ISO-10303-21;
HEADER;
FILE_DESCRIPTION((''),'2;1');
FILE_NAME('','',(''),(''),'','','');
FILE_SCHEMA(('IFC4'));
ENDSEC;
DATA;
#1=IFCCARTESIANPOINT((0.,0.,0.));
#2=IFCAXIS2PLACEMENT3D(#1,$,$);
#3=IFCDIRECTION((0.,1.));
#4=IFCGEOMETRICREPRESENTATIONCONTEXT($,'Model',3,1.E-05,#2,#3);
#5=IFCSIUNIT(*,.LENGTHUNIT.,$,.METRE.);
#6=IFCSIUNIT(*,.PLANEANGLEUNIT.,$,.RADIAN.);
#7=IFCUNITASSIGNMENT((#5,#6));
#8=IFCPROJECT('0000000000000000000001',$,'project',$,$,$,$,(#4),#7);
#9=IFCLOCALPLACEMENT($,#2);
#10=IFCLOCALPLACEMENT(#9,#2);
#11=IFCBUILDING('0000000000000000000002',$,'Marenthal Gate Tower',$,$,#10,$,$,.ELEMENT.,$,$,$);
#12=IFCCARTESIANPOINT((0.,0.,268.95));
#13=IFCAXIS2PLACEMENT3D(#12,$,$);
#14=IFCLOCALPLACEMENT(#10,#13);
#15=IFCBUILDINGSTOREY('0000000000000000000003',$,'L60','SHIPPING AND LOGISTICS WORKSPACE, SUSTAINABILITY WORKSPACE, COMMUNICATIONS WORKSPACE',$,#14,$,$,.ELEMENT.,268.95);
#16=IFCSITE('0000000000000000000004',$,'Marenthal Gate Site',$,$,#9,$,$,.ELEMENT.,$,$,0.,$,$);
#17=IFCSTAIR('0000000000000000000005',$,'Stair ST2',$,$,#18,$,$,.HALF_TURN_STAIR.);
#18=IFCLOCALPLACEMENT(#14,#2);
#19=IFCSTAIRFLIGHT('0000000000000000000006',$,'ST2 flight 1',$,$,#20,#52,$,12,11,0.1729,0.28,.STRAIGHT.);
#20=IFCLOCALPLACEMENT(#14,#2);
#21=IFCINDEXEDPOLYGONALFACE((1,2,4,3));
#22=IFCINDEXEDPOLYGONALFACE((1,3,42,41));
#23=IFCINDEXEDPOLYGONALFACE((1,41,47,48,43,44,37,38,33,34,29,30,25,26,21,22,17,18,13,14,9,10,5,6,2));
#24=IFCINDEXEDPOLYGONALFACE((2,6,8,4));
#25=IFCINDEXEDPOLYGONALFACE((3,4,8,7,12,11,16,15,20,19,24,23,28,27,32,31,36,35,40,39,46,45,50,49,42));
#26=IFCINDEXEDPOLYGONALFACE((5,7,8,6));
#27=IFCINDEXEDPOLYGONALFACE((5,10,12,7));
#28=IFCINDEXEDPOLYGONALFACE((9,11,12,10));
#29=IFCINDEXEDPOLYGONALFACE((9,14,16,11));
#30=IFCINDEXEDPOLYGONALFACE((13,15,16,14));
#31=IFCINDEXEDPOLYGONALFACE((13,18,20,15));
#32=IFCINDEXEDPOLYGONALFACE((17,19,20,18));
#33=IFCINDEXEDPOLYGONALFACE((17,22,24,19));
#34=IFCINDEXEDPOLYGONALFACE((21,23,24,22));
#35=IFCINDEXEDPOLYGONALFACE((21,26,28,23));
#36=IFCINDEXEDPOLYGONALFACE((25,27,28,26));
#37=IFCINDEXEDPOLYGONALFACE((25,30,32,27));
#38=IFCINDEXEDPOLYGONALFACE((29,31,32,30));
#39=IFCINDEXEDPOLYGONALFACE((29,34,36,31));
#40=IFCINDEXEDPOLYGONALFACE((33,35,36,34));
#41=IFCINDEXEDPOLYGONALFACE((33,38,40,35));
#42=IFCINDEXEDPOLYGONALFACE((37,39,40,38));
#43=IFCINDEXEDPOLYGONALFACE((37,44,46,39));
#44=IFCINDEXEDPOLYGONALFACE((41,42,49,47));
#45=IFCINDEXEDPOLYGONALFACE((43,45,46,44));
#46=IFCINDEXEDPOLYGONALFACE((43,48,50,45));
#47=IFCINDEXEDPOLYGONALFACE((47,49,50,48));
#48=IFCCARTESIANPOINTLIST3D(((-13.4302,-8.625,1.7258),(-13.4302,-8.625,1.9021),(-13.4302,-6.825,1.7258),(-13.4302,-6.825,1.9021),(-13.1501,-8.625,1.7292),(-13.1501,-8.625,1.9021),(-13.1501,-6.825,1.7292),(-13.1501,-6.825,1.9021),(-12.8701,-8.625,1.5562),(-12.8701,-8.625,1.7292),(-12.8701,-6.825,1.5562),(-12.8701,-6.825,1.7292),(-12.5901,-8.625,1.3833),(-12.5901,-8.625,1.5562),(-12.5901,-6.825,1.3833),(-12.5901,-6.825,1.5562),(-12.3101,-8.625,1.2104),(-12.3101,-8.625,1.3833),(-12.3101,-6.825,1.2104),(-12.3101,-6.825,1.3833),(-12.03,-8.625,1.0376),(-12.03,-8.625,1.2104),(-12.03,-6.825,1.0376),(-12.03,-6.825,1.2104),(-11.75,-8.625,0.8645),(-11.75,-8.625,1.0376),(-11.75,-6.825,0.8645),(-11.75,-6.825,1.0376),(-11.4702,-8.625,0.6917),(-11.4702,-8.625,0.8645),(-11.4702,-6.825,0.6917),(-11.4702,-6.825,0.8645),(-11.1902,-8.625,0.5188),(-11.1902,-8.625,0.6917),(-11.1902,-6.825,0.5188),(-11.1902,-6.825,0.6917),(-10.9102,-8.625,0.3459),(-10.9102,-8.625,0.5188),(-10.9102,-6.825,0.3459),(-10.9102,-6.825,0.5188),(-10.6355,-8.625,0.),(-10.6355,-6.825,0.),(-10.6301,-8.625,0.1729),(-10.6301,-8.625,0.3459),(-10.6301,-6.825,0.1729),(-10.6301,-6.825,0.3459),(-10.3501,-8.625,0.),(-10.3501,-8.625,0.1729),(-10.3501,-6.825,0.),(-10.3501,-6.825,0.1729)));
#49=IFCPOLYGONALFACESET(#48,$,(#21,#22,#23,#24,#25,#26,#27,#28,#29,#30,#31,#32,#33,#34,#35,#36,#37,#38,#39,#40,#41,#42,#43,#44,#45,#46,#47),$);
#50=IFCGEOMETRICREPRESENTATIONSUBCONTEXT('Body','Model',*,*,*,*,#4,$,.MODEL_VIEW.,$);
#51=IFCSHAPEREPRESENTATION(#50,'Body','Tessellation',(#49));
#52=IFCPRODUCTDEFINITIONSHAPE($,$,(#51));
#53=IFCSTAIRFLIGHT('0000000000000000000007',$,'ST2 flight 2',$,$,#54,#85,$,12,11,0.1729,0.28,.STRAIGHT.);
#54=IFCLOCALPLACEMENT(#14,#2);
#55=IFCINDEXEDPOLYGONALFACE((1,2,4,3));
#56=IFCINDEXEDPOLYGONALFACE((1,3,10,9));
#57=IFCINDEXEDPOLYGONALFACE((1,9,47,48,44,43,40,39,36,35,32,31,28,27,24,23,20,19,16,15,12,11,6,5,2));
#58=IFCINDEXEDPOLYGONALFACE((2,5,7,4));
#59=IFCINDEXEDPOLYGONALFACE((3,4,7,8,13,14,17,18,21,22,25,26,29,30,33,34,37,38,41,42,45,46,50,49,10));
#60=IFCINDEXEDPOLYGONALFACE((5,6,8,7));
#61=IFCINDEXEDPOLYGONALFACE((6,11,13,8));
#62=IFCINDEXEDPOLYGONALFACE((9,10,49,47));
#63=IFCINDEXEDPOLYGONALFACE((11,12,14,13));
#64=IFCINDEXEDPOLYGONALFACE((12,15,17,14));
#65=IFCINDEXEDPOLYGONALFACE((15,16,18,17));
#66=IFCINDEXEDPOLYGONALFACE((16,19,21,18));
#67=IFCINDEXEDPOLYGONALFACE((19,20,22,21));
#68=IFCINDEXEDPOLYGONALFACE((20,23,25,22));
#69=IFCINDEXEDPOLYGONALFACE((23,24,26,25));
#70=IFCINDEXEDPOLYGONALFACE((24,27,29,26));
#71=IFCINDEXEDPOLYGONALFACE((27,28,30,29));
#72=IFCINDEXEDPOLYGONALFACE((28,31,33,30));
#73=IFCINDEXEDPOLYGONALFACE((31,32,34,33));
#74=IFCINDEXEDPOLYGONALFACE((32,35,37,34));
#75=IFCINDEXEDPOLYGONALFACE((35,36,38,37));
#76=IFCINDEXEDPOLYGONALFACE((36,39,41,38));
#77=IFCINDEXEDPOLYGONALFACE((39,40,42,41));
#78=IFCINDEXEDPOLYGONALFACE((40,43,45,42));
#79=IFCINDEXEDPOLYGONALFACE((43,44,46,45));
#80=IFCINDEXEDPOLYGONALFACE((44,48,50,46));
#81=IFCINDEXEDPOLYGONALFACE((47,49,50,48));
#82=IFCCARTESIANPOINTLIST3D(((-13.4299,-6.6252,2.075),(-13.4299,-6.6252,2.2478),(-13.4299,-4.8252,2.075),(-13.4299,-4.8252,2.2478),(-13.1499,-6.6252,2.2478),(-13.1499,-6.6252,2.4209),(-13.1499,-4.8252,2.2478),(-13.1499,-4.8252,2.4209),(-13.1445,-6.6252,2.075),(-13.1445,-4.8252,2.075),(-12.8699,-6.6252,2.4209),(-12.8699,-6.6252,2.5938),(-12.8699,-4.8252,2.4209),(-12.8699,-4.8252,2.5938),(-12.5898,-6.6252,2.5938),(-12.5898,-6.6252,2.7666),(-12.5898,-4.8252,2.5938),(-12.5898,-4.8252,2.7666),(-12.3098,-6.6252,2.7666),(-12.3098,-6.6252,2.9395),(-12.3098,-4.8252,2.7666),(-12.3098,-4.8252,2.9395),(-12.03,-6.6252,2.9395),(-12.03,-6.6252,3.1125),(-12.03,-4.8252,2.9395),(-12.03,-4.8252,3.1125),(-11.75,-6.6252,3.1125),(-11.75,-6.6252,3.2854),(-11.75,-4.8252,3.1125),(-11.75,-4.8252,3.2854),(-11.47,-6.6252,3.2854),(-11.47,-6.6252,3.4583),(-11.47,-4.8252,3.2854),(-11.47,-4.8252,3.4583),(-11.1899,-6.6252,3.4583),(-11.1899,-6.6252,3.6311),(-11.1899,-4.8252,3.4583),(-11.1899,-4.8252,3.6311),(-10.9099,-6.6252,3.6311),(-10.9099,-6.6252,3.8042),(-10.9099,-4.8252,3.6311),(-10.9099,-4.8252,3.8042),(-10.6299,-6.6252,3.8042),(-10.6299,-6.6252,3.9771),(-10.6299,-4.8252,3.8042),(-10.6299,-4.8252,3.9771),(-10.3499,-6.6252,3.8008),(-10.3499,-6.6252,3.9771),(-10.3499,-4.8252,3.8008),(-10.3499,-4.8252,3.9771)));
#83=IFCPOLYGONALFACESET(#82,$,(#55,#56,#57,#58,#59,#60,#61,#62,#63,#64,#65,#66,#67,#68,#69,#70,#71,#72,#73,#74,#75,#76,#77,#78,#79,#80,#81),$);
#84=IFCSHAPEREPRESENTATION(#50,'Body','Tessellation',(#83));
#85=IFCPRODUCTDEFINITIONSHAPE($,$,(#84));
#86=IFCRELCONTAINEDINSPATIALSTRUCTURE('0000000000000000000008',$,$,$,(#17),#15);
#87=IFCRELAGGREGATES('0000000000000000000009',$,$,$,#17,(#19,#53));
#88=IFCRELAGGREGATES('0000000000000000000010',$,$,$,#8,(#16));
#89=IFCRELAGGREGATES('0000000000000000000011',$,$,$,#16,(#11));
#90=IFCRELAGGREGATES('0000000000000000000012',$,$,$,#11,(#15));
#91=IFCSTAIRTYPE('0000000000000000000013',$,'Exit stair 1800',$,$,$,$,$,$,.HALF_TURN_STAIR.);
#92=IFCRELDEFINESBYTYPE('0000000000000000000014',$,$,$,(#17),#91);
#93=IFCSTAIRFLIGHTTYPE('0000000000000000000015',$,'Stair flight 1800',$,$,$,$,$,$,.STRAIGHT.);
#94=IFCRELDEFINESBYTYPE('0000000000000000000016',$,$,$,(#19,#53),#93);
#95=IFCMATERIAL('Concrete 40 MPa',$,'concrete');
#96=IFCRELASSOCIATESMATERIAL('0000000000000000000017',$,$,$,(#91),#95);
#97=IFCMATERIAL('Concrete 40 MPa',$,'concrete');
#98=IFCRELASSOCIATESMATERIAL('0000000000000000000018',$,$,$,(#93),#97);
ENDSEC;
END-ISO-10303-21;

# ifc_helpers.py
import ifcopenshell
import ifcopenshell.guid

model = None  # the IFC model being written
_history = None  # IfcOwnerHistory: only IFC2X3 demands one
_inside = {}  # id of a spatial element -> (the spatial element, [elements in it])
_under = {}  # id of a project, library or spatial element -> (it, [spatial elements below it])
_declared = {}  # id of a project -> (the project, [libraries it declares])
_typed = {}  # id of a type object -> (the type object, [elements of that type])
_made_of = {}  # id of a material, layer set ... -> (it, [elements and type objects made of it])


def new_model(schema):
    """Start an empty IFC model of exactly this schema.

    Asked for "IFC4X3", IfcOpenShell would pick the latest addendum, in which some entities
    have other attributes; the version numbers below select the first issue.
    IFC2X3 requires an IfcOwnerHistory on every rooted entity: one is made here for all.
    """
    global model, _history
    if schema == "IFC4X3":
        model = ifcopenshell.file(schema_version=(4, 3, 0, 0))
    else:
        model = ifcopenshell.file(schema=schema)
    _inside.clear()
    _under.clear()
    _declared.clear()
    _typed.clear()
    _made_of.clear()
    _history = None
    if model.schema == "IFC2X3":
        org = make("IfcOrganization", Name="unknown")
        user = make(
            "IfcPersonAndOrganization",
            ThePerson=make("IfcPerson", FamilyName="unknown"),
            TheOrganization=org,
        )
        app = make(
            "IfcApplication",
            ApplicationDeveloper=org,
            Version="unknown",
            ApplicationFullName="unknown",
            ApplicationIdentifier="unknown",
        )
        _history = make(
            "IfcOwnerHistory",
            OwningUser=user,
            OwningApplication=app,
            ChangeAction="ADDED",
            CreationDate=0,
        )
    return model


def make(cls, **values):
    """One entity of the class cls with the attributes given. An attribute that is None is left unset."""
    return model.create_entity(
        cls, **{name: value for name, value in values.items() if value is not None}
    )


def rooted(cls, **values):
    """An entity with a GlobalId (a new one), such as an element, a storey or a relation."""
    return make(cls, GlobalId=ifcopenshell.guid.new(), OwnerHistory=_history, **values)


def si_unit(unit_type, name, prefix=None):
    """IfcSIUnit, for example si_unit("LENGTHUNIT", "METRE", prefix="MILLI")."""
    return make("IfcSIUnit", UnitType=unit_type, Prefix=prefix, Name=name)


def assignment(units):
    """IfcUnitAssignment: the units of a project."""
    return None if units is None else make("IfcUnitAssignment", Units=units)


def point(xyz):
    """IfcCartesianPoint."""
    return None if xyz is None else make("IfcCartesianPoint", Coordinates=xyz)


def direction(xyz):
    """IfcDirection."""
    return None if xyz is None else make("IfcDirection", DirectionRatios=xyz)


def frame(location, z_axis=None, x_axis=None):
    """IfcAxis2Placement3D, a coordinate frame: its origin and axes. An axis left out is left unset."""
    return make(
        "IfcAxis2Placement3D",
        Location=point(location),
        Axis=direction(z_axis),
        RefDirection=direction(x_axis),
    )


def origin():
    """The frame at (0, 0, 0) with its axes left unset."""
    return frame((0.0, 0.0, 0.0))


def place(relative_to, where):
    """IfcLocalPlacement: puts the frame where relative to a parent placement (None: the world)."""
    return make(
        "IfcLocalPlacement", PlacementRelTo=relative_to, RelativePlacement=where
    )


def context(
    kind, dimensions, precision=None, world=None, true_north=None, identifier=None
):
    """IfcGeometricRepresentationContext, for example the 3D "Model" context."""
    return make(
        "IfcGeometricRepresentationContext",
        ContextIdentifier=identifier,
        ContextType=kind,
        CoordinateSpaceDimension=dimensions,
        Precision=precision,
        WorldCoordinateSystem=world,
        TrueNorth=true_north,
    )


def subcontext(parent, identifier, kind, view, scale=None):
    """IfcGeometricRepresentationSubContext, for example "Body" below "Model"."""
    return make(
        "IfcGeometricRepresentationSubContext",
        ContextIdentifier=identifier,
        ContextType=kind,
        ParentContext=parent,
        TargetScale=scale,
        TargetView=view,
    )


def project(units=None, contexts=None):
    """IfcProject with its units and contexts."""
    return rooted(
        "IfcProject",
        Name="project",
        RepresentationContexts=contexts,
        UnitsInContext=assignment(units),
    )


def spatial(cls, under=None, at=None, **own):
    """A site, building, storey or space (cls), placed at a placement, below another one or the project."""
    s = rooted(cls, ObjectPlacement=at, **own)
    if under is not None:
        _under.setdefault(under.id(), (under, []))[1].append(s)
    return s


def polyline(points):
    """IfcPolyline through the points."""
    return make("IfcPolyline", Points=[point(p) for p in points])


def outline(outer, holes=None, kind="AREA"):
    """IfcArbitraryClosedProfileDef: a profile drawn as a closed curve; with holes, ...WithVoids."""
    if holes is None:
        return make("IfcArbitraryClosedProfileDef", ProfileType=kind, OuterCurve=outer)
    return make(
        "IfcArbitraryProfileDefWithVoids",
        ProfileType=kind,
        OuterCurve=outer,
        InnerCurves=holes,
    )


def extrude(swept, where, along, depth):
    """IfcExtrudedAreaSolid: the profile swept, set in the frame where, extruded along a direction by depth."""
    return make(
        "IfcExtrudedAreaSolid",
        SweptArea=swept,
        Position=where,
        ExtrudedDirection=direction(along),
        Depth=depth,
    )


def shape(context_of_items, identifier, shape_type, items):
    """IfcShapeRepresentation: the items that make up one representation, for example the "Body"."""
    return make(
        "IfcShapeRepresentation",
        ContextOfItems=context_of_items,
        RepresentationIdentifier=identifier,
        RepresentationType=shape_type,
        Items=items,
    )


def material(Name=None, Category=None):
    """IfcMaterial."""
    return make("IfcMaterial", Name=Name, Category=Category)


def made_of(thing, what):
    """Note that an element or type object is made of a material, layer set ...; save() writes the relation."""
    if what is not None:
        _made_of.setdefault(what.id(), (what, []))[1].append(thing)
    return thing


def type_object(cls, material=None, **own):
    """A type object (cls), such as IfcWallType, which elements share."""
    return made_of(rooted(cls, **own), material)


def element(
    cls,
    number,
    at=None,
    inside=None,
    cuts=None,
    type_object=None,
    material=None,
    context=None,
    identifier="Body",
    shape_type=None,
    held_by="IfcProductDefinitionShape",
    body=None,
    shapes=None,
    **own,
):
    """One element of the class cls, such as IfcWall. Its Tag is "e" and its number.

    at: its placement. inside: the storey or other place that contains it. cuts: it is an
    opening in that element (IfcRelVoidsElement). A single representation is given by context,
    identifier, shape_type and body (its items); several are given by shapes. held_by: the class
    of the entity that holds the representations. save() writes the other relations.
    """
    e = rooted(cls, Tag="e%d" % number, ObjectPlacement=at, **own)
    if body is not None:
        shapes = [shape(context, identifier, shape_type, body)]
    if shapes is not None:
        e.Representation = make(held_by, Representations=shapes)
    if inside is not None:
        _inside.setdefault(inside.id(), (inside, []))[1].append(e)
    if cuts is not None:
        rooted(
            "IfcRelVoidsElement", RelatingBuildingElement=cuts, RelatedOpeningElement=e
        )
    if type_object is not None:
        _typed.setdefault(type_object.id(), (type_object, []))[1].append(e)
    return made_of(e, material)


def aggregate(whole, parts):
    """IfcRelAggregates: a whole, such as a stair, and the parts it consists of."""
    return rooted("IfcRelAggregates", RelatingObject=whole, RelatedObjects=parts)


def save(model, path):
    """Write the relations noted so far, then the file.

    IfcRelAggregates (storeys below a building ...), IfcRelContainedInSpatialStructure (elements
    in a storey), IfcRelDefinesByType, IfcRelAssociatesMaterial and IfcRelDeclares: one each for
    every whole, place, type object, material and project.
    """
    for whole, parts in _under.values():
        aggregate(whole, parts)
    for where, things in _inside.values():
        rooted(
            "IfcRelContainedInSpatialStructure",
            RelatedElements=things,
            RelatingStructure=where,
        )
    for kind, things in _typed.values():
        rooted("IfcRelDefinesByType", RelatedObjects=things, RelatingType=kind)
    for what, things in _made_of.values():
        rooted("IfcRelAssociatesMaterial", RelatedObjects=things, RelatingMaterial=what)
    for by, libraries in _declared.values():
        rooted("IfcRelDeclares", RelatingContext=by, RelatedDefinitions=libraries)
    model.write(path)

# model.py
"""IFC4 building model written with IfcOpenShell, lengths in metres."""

from ifc_helpers import new_model, si_unit, direction, frame, origin, place, context, subcontext, project, spatial, polyline, outline, extrude, material, type_object, element, aggregate, save


model = new_model("IFC4")

# Units and contexts
model_context = context("Model", 3, precision=1e-05, world=origin(), true_north=direction((0.0, 1.0)))
body_context = subcontext(model_context, "Body", "Model", "MODEL_VIEW")
ifc_project = project(units=[si_unit("LENGTHUNIT", "METRE"), si_unit("PLANEANGLEUNIT", "RADIAN")], contexts=[model_context])

# Site, building, storey
site_placement = place(None, origin())
site = spatial("IfcSite", under=ifc_project, at=site_placement, Name="Marenthal Gate Site", CompositionType="ELEMENT", RefElevation=0.0)
building_placement = place(site_placement, origin())
building = spatial("IfcBuilding", under=site, at=building_placement, Name="Marenthal Gate Tower", CompositionType="ELEMENT")
storey_placement = place(building_placement, frame((0.0, 0.0, 268.95)))
storey = spatial("IfcBuildingStorey", under=building, at=storey_placement, Name="L60", Description="SHIPPING AND LOGISTICS WORKSPACE, SUSTAINABILITY WORKSPACE, COMMUNICATIONS WORKSPACE", CompositionType="ELEMENT", Elevation=268.95)

# Stair, stair flights
ifc_material_1 = material(Name="Concrete 40 MPa", Category="concrete")
stair_type = type_object("IfcStairType", Name="Exit stair 1800", PredefinedType="HALF_TURN_STAIR", material=ifc_material_1)
stair_placement = place(storey_placement, origin())
stair = element("IfcStair", 1, at=stair_placement, inside=storey, type_object=stair_type, Name="Stair ST2", PredefinedType="HALF_TURN_STAIR")
ifc_material_2 = material(Name="Concrete 40 MPa", Category="concrete")
stair_flight_type = type_object("IfcStairFlightType", Name="Stair flight 1800", PredefinedType="STRAIGHT", material=ifc_material_2)
stair_flight_1_placement = place(storey_placement, frame((-10.3501, -7.7251, 0.0), z_axis=(0.0, 0.0, 1.0), x_axis=(-1.0, 0.0, 0.0)))
stair_flight_1 = element("IfcStairFlight", 2, at=stair_flight_1_placement, type_object=stair_flight_type, Name="ST2 flight 1", NumberOfRisers=12, NumberOfTreads=11, PredefinedType="STRAIGHT", RiserHeight=0.1729, TreadLength=0.28, context=body_context, shape_type="SweptSolid", body=[
    extrude(outline(polyline([(0.0, 0.0), (0.0, 0.1729), (0.28, 0.1729), (0.28, 0.3459), (0.5601, 0.3459), (0.5601, 0.5188), (0.8401, 0.5188), (0.8401, 0.6917), (1.1201, 0.6917), (1.1201, 0.8645), (1.3999, 0.8645), (1.3999, 1.0376), (1.6799, 1.0376), (1.6799, 1.2104), (1.96, 1.2104), (1.96, 1.3833), (2.24, 1.3833), (2.24, 1.5562), (2.52, 1.5562), (2.52, 1.7292), (2.8, 1.7292), (2.8, 1.9021), (3.0801, 1.9021), (3.0801, 2.075), (3.0801, 1.7258), (0.2854, 0.0), (0.0, 0.0)])), frame((0.0, 0.8999, 0.0), z_axis=(0.0, -1.0, 0.0), x_axis=(1.0, 0.0, 0.0)), (0.0, 0.0, 1.0), 1.8),
])
stair_flight_2_placement = place(storey_placement, frame((-13.4299, -5.7251, 2.075), z_axis=(0.0, 0.0, 1.0), x_axis=(1.0, 0.0, 0.0)))
stair_flight_2 = element("IfcStairFlight", 3, at=stair_flight_2_placement, type_object=stair_flight_type, Name="ST2 flight 2", NumberOfRisers=12, NumberOfTreads=11, PredefinedType="STRAIGHT", RiserHeight=0.1729, TreadLength=0.28, context=body_context, shape_type="SweptSolid", body=[
    extrude(outline(polyline([(0.0, 0.0), (0.0, 0.1729), (0.28, 0.1729), (0.28, 0.3459), (0.5601, 0.3459), (0.5601, 0.5188), (0.8401, 0.5188), (0.8401, 0.6917), (1.1201, 0.6917), (1.1201, 0.8645), (1.3999, 0.8645), (1.3999, 1.0376), (1.6799, 1.0376), (1.6799, 1.2104), (1.96, 1.2104), (1.96, 1.3833), (2.24, 1.3833), (2.24, 1.5562), (2.52, 1.5562), (2.52, 1.7292), (2.8, 1.7292), (2.8, 1.9021), (3.0801, 1.9021), (3.0801, 2.075), (3.0801, 1.7258), (0.2854, 0.0), (0.0, 0.0)])), frame((0.0, 0.8999, 0.0), z_axis=(0.0, -1.0, 0.0), x_axis=(1.0, 0.0, 0.0)), (0.0, 0.0, 1.0), 1.8),
])
aggregate(stair, [stair_flight_1, stair_flight_2])

save(model, "model.ifc")
